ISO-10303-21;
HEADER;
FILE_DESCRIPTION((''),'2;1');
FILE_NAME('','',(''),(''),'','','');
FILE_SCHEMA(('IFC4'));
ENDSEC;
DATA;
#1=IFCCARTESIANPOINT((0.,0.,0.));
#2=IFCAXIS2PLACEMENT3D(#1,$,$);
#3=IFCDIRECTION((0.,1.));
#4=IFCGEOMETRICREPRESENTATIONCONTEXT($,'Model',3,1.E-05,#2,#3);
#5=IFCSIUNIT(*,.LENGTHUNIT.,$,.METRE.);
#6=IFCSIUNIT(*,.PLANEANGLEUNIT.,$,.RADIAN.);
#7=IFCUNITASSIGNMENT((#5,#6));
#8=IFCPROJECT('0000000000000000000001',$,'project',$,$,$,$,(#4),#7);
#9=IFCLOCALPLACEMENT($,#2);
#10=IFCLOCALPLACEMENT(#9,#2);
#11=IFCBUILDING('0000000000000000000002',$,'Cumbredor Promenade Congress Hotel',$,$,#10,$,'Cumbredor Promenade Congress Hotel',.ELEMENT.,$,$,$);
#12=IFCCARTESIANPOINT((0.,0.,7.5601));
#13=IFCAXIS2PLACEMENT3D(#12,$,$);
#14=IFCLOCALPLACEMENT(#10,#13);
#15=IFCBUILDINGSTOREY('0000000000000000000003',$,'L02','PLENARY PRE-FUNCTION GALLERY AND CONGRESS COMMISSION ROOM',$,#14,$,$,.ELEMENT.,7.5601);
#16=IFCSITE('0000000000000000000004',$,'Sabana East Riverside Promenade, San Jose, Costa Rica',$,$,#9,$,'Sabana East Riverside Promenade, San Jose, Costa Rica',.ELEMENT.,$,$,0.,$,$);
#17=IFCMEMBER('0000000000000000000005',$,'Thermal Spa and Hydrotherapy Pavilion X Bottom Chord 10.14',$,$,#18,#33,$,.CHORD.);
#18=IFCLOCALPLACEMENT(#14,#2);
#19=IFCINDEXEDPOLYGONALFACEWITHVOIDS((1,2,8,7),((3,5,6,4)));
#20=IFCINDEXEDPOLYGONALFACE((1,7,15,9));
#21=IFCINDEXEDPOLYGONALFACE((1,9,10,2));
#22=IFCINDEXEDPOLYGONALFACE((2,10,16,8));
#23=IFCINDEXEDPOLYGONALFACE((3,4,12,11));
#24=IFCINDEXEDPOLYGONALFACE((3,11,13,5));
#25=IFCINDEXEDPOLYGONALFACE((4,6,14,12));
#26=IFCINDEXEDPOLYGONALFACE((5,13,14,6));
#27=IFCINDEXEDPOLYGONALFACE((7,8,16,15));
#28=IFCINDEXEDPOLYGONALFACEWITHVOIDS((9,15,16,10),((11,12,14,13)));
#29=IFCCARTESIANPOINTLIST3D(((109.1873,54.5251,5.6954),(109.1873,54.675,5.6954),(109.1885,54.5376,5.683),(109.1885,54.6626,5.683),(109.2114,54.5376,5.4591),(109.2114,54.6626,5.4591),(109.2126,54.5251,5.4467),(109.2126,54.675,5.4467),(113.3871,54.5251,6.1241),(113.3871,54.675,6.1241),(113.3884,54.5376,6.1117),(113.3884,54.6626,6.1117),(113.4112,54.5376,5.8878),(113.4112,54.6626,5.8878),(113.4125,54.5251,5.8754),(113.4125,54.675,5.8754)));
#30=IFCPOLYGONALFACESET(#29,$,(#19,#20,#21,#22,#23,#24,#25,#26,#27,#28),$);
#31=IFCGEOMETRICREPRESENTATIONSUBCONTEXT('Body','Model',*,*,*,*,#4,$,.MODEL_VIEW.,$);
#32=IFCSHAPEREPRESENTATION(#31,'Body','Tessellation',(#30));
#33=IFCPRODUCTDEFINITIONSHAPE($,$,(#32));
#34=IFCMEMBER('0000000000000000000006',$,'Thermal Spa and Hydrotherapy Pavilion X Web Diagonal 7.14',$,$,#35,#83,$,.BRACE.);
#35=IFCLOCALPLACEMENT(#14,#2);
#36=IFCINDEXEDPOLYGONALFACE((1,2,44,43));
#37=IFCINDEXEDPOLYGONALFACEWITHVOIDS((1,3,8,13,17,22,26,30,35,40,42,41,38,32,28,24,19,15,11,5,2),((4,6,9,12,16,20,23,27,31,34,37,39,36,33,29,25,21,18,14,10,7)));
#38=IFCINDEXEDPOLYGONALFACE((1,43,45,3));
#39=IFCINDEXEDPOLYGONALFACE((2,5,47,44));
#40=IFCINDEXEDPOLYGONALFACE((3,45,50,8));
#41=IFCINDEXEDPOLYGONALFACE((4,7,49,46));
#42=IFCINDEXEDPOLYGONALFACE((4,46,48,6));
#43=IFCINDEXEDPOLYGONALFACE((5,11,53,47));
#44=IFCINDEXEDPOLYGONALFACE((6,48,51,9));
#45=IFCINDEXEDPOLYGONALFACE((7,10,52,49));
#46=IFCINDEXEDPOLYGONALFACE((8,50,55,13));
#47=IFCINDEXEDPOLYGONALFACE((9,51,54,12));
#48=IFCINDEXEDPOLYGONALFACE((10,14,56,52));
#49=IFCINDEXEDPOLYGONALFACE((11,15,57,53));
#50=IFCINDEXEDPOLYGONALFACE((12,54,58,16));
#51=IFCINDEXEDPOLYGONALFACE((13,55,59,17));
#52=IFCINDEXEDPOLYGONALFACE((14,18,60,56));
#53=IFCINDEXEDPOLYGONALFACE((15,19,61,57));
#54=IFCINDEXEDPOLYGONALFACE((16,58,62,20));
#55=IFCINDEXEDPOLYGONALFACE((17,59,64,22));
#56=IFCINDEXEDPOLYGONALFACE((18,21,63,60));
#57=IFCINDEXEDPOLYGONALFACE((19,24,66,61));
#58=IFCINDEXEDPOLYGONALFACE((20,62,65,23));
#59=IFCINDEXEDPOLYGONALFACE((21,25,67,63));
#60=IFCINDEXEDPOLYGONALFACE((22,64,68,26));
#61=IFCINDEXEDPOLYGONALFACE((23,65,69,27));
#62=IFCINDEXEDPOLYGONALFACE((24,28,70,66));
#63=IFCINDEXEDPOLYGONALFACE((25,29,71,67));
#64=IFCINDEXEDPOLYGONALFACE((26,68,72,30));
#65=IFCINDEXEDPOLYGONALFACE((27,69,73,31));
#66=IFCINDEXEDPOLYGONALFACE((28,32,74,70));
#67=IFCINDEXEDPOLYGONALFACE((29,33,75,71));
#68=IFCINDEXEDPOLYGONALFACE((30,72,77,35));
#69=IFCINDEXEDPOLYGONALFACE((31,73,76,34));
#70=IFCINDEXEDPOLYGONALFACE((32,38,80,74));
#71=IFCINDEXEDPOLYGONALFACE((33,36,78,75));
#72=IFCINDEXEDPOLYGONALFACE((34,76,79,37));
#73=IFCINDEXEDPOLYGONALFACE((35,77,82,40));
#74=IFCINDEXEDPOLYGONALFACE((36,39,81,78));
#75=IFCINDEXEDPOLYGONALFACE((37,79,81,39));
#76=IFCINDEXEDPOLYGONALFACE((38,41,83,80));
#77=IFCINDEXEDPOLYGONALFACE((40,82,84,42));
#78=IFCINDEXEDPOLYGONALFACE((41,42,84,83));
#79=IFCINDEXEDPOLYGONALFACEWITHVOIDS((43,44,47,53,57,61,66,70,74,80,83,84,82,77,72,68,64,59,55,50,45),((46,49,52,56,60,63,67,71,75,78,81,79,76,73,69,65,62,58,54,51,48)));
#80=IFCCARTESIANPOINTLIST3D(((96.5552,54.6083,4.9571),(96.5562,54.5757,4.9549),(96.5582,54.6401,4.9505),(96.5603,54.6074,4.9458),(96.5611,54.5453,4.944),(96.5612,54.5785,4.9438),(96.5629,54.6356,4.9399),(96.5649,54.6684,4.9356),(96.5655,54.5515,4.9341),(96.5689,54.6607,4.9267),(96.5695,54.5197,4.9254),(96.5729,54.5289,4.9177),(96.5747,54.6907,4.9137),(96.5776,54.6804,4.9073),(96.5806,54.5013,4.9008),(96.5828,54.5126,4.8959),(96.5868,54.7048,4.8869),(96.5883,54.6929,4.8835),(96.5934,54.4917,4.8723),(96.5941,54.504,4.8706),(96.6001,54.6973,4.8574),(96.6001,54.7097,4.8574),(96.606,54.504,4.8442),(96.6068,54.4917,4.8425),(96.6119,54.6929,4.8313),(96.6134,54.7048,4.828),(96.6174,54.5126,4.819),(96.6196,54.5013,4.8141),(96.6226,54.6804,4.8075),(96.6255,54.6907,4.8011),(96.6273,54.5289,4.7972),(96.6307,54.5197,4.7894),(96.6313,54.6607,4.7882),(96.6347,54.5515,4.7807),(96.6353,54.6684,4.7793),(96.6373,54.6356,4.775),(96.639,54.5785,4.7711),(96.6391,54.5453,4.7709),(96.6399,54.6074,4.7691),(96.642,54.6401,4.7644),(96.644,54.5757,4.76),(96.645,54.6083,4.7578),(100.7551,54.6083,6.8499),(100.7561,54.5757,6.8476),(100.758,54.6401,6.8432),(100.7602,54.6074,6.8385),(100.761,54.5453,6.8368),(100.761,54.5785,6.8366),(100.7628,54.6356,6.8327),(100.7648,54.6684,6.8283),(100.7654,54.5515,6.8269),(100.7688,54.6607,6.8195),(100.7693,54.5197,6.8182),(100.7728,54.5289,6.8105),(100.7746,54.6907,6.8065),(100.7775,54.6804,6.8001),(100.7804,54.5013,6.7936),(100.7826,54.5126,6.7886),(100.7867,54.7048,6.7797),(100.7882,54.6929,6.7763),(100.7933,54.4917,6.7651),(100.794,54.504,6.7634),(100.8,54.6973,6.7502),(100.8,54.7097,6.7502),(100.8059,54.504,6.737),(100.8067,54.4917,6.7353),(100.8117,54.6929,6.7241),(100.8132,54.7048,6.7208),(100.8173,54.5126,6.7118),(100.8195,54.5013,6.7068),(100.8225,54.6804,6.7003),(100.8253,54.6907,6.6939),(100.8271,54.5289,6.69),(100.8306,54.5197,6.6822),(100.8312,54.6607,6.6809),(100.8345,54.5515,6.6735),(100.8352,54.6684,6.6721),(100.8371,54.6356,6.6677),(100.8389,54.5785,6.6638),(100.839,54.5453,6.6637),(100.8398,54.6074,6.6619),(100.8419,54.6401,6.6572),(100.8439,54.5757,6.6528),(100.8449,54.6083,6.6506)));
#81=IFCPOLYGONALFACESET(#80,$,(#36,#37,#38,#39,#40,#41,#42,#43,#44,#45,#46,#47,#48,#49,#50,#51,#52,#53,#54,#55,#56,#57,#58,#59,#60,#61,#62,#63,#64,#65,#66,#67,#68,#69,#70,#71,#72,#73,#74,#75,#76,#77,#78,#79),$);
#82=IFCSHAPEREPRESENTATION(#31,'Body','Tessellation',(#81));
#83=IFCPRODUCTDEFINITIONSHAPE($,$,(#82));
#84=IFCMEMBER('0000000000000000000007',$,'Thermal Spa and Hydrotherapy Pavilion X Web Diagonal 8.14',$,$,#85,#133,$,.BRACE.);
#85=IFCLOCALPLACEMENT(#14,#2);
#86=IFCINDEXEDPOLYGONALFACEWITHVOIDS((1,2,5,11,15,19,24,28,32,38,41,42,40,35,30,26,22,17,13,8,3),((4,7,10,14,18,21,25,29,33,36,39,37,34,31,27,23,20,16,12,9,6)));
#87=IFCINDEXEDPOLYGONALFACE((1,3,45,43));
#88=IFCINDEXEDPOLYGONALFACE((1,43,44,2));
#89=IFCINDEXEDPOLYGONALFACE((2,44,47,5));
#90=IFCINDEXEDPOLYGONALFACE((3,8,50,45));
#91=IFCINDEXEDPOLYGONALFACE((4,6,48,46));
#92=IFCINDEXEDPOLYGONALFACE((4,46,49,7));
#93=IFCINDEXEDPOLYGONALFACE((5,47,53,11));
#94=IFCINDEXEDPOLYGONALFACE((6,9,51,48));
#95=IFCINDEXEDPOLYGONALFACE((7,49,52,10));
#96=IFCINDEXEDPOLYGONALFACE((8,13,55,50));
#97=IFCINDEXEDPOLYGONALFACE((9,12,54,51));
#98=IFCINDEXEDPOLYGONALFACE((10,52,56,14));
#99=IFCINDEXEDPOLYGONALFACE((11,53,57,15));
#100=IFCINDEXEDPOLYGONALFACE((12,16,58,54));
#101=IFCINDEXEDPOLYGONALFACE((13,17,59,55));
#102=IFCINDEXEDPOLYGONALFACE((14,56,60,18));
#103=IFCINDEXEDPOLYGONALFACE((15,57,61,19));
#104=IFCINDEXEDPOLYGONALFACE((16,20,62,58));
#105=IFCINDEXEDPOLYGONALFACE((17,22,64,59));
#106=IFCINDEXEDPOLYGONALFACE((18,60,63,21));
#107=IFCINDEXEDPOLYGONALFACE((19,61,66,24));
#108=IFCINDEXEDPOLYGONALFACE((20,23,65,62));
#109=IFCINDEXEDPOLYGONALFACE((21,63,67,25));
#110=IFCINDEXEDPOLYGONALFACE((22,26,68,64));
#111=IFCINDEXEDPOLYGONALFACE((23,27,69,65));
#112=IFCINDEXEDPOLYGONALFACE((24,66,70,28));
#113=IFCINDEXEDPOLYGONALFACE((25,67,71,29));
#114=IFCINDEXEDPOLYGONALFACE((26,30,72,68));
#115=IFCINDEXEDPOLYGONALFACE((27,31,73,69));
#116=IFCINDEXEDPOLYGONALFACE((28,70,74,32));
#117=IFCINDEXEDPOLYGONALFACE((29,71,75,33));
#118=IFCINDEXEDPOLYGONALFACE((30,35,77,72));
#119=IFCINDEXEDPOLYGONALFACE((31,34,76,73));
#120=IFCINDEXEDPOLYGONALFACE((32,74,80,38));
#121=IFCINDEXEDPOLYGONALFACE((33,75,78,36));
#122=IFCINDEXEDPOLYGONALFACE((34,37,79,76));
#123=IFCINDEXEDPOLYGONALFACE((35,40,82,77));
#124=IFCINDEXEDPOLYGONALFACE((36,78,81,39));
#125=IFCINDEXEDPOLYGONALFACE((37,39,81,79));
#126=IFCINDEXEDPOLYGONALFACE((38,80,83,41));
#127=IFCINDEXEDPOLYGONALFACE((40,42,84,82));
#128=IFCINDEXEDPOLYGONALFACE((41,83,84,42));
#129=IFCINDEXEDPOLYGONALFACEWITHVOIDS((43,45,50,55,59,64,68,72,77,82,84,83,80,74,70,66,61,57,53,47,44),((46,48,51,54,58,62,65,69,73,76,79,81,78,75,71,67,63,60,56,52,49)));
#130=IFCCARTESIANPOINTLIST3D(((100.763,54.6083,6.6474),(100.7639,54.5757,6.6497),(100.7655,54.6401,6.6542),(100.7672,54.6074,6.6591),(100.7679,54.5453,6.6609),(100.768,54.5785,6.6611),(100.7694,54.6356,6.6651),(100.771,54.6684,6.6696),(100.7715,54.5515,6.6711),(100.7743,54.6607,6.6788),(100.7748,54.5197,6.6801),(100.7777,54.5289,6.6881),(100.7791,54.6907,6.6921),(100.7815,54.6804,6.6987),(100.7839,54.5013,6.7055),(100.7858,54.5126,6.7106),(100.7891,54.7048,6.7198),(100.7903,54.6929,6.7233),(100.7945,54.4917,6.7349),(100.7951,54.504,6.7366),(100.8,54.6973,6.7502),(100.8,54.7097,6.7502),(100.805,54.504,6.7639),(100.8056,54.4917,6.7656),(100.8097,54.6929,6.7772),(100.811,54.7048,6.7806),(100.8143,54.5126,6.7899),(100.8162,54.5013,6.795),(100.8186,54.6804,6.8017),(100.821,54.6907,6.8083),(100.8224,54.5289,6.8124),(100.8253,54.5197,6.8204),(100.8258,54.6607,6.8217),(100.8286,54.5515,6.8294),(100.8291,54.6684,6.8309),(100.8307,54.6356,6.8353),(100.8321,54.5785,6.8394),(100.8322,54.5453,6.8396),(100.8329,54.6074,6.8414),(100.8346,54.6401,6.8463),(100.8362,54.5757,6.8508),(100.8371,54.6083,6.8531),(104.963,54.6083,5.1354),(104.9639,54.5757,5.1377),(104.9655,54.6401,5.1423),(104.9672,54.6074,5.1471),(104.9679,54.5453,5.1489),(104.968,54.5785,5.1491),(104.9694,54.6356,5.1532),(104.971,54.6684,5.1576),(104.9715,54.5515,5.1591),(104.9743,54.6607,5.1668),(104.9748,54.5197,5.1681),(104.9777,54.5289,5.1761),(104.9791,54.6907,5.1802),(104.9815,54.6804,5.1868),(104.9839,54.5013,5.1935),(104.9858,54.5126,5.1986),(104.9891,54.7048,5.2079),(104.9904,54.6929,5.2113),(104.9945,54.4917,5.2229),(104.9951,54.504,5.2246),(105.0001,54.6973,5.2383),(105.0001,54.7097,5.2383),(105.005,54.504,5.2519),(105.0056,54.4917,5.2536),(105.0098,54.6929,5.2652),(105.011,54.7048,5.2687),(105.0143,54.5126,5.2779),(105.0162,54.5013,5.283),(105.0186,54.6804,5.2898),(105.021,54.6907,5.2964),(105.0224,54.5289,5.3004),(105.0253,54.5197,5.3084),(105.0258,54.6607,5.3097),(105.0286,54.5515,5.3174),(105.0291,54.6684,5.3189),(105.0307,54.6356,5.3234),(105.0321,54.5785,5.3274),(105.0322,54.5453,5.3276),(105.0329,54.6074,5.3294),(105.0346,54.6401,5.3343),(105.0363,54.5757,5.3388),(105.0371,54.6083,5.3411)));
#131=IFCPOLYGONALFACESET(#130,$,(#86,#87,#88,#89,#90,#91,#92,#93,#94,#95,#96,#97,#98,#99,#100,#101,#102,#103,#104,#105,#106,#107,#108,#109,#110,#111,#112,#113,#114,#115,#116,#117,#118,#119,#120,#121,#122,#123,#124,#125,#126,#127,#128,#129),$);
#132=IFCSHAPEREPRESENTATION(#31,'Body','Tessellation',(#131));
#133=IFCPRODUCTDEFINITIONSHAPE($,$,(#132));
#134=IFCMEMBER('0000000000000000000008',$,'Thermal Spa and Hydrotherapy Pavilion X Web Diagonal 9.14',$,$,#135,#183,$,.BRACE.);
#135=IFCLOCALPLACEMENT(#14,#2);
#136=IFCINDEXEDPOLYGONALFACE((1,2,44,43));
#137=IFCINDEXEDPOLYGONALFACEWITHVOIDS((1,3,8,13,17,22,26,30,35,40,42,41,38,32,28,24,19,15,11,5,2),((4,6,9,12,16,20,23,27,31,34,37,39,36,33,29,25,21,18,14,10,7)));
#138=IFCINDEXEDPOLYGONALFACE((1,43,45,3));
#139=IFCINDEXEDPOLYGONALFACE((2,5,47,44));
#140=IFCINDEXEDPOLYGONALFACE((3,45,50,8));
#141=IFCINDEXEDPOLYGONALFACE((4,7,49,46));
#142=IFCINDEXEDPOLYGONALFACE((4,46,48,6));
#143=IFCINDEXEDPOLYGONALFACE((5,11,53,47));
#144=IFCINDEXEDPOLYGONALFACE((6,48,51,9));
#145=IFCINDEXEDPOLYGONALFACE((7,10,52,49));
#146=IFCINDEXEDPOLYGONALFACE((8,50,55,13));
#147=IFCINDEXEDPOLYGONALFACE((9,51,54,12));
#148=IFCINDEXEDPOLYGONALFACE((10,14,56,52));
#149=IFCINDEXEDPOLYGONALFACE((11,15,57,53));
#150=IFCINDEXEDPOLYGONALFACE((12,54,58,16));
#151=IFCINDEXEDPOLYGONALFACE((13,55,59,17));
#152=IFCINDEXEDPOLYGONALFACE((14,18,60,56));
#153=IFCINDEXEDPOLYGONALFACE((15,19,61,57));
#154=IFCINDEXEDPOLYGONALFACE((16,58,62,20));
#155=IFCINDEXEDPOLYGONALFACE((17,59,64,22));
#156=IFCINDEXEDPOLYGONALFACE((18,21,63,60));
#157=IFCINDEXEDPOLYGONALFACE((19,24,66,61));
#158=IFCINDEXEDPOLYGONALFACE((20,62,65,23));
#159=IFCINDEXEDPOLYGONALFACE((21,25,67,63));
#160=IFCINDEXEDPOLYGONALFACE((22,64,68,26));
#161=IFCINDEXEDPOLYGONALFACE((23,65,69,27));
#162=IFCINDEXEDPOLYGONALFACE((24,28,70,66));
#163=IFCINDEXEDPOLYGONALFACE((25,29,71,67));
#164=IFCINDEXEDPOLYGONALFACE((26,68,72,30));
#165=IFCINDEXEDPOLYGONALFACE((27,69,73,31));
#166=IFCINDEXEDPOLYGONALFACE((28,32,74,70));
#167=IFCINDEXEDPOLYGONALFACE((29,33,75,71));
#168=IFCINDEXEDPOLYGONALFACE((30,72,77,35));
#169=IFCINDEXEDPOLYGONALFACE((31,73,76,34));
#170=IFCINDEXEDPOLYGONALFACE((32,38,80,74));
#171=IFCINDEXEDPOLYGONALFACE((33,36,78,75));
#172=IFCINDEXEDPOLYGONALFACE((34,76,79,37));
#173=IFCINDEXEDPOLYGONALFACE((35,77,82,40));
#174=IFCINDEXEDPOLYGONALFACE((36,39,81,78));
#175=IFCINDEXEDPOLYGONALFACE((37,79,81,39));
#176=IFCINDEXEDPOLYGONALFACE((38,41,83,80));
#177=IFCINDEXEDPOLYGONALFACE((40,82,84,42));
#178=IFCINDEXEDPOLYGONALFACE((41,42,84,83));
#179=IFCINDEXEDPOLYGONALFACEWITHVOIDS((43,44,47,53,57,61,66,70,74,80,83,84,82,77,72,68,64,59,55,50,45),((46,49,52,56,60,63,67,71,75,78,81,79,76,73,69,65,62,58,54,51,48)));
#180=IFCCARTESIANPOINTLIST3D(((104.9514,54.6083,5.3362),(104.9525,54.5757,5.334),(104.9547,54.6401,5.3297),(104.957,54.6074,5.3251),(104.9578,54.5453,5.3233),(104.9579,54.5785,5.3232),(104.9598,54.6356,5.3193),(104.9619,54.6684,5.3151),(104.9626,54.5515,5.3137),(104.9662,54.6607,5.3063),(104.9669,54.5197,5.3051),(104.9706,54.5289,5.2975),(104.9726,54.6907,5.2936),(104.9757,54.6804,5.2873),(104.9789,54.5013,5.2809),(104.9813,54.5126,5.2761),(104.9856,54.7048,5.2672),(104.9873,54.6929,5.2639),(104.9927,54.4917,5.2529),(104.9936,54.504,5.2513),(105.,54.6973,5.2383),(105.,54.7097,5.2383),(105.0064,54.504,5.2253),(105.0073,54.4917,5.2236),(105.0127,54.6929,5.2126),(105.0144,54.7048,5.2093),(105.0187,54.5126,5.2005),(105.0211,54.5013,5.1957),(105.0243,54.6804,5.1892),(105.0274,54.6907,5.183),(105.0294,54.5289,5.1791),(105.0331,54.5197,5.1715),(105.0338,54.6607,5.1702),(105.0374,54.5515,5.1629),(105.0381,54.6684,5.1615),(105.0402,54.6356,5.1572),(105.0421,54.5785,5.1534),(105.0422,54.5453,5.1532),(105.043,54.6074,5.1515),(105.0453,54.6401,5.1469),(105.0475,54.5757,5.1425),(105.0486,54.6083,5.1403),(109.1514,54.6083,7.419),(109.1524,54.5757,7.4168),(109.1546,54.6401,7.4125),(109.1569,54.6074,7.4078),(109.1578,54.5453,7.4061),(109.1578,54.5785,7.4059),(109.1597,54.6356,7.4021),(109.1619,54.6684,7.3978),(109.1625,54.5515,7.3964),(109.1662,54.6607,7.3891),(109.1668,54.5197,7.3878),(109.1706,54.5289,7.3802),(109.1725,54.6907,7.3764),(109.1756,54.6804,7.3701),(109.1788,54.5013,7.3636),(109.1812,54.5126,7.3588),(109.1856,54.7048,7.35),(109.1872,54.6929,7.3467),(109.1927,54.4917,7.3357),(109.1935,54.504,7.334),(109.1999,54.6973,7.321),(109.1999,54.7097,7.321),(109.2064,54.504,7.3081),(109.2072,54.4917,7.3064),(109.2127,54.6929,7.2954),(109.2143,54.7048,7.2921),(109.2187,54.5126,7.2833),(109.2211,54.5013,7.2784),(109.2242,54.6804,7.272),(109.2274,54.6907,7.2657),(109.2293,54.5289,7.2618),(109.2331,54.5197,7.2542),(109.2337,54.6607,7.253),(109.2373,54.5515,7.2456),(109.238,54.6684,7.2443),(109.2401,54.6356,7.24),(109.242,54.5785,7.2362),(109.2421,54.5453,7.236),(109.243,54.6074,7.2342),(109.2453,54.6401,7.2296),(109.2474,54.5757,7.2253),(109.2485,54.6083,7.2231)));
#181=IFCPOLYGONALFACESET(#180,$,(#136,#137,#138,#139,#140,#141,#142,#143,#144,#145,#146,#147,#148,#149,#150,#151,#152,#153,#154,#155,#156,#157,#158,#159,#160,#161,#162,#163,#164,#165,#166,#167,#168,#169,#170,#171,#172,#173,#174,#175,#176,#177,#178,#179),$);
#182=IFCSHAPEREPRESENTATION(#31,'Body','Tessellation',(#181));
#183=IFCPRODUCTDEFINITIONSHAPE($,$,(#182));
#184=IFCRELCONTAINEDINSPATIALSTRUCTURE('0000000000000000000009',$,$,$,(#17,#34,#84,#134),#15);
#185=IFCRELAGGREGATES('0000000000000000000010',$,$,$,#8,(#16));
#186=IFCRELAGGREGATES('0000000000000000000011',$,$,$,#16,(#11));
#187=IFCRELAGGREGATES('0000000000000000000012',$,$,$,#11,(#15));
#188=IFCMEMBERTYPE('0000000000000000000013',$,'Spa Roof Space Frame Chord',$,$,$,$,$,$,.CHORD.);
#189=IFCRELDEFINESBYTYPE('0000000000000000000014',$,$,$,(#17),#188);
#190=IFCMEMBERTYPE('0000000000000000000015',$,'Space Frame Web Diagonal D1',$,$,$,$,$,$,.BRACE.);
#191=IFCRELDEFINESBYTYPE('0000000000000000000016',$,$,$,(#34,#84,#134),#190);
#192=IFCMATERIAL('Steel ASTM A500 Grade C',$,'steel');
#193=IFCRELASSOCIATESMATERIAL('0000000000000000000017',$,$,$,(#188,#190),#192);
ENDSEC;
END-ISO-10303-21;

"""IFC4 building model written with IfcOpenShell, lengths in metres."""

from ifc_helpers import new_model, si_unit, direction, frame, origin, origin_2d, place, context, subcontext, project, spatial, hollow_rectangle, hollow_circle, extrude, material, material_profile, profile_set, type_object, element, save


model = new_model("IFC4")

# Units and contexts
model_context = context("Model", 3, precision=1e-05, world=origin(), true_north=direction((0.0, 1.0)))
body_context = subcontext(model_context, "Body", "Model", "MODEL_VIEW")
ifc_project = project(units=[si_unit("LENGTHUNIT", "METRE"), si_unit("PLANEANGLEUNIT", "RADIAN")], contexts=[model_context])

# Site, building, storey
site_placement = place(None, origin())
site = spatial("IfcSite", under=ifc_project, at=site_placement, Name="Sabana East Riverside Promenade, San Jose, Costa Rica", LongName="Sabana East Riverside Promenade, San Jose, Costa Rica", CompositionType="ELEMENT", RefElevation=0.0)
building_placement = place(site_placement, origin())
building = spatial("IfcBuilding", under=site, at=building_placement, Name="Cumbredor Promenade Congress Hotel", LongName="Cumbredor Promenade Congress Hotel", CompositionType="ELEMENT")
storey_placement = place(building_placement, frame((0.0, 0.0, 7.5601)))
storey = spatial("IfcBuildingStorey", under=building, at=storey_placement, Name="L02", Description="PLENARY PRE-FUNCTION GALLERY AND CONGRESS COMMISSION ROOM", CompositionType="ELEMENT", Elevation=7.5601)

# Members
ifc_material_1 = material(Name="Steel ASTM A500 Grade C", Category="steel")
ifc_material_profile_1 = material_profile(ifc_material_1, hollow_rectangle(XDim=0.1499, YDim=0.25, WallThickness=0.0125, at=origin_2d()), Name="HSS 250x150x12.5")
ifc_profile_set_1 = profile_set([ifc_material_profile_1], Name="Steel ASTM A500 Grade C")
member_type_1 = type_object("IfcMemberType", Name="Spa Roof Space Frame Chord", PredefinedType="CHORD", material=ifc_profile_set_1)
for number, where, z_axis, x_axis, name in (
    (1, (109.2, 54.6001, 5.571), (0.994831, 0.0, 0.101548), (0.0, 1.0, 0.0), "Thermal Spa and Hydrotherapy Pavilion X Bottom Chord 10.14"),
):
    element("IfcMember", number, at=place(storey_placement, frame(where, z_axis=z_axis, x_axis=x_axis)), inside=storey, type_object=member_type_1, Name=name, PredefinedType="CHORD", context=body_context, shape_type="SweptSolid", body=[
        extrude(hollow_rectangle(XDim=0.1499, YDim=0.25, WallThickness=0.0125, at=origin_2d()), origin(), (0.0, 0.0, 1.0), 4.2217),
    ])
ifc_material_profile_2 = material_profile(ifc_material_1, hollow_circle(Radius=0.1096, WallThickness=0.0125, at=origin_2d()), Name="CHS 219.1x12.5")
ifc_profile_set_2 = profile_set([ifc_material_profile_2], Name="Steel ASTM A500 Grade C")
member_type_2 = type_object("IfcMemberType", Name="Space Frame Web Diagonal D1", PredefinedType="BRACE", material=ifc_profile_set_2)
member_1_placement = place(storey_placement, frame((96.6001, 54.6001, 4.8574), z_axis=(0.91169, 0.0, 0.410878), x_axis=(0.0, 1.0, 0.0)))
element("IfcMember", 2, at=member_1_placement, inside=storey, type_object=member_type_2, Name="Thermal Spa and Hydrotherapy Pavilion X Web Diagonal 7.14", PredefinedType="BRACE", context=body_context, shape_type="SweptSolid", body=[
    extrude(hollow_circle(Radius=0.1096, WallThickness=0.0125, at=origin_2d()), origin(), (0.0, 0.0, 1.0), 4.6067),
])
member_2_placement = place(storey_placement, frame((100.8, 54.6001, 6.7502), z_axis=(0.940889, 0.0, -0.338716), x_axis=(0.0, 1.0, 0.0)))
element("IfcMember", 3, at=member_2_placement, inside=storey, type_object=member_type_2, Name="Thermal Spa and Hydrotherapy Pavilion X Web Diagonal 8.14", PredefinedType="BRACE", context=body_context, shape_type="SweptSolid", body=[
    extrude(hollow_circle(Radius=0.1096, WallThickness=0.0125, at=origin_2d()), origin(), (0.0, 0.0, 1.0), 4.4639),
])
member_3_placement = place(storey_placement, frame((105.0, 54.6001, 5.2383), z_axis=(0.895891, 0.0, 0.444274), x_axis=(0.0, 1.0, 0.0)))
element("IfcMember", 4, at=member_3_placement, inside=storey, type_object=member_type_2, Name="Thermal Spa and Hydrotherapy Pavilion X Web Diagonal 9.14", PredefinedType="BRACE", context=body_context, shape_type="SweptSolid", body=[
    extrude(hollow_circle(Radius=0.1096, WallThickness=0.0125, at=origin_2d()), origin(), (0.0, 0.0, 1.0), 4.688),
])

save(model, "model.ifc")
